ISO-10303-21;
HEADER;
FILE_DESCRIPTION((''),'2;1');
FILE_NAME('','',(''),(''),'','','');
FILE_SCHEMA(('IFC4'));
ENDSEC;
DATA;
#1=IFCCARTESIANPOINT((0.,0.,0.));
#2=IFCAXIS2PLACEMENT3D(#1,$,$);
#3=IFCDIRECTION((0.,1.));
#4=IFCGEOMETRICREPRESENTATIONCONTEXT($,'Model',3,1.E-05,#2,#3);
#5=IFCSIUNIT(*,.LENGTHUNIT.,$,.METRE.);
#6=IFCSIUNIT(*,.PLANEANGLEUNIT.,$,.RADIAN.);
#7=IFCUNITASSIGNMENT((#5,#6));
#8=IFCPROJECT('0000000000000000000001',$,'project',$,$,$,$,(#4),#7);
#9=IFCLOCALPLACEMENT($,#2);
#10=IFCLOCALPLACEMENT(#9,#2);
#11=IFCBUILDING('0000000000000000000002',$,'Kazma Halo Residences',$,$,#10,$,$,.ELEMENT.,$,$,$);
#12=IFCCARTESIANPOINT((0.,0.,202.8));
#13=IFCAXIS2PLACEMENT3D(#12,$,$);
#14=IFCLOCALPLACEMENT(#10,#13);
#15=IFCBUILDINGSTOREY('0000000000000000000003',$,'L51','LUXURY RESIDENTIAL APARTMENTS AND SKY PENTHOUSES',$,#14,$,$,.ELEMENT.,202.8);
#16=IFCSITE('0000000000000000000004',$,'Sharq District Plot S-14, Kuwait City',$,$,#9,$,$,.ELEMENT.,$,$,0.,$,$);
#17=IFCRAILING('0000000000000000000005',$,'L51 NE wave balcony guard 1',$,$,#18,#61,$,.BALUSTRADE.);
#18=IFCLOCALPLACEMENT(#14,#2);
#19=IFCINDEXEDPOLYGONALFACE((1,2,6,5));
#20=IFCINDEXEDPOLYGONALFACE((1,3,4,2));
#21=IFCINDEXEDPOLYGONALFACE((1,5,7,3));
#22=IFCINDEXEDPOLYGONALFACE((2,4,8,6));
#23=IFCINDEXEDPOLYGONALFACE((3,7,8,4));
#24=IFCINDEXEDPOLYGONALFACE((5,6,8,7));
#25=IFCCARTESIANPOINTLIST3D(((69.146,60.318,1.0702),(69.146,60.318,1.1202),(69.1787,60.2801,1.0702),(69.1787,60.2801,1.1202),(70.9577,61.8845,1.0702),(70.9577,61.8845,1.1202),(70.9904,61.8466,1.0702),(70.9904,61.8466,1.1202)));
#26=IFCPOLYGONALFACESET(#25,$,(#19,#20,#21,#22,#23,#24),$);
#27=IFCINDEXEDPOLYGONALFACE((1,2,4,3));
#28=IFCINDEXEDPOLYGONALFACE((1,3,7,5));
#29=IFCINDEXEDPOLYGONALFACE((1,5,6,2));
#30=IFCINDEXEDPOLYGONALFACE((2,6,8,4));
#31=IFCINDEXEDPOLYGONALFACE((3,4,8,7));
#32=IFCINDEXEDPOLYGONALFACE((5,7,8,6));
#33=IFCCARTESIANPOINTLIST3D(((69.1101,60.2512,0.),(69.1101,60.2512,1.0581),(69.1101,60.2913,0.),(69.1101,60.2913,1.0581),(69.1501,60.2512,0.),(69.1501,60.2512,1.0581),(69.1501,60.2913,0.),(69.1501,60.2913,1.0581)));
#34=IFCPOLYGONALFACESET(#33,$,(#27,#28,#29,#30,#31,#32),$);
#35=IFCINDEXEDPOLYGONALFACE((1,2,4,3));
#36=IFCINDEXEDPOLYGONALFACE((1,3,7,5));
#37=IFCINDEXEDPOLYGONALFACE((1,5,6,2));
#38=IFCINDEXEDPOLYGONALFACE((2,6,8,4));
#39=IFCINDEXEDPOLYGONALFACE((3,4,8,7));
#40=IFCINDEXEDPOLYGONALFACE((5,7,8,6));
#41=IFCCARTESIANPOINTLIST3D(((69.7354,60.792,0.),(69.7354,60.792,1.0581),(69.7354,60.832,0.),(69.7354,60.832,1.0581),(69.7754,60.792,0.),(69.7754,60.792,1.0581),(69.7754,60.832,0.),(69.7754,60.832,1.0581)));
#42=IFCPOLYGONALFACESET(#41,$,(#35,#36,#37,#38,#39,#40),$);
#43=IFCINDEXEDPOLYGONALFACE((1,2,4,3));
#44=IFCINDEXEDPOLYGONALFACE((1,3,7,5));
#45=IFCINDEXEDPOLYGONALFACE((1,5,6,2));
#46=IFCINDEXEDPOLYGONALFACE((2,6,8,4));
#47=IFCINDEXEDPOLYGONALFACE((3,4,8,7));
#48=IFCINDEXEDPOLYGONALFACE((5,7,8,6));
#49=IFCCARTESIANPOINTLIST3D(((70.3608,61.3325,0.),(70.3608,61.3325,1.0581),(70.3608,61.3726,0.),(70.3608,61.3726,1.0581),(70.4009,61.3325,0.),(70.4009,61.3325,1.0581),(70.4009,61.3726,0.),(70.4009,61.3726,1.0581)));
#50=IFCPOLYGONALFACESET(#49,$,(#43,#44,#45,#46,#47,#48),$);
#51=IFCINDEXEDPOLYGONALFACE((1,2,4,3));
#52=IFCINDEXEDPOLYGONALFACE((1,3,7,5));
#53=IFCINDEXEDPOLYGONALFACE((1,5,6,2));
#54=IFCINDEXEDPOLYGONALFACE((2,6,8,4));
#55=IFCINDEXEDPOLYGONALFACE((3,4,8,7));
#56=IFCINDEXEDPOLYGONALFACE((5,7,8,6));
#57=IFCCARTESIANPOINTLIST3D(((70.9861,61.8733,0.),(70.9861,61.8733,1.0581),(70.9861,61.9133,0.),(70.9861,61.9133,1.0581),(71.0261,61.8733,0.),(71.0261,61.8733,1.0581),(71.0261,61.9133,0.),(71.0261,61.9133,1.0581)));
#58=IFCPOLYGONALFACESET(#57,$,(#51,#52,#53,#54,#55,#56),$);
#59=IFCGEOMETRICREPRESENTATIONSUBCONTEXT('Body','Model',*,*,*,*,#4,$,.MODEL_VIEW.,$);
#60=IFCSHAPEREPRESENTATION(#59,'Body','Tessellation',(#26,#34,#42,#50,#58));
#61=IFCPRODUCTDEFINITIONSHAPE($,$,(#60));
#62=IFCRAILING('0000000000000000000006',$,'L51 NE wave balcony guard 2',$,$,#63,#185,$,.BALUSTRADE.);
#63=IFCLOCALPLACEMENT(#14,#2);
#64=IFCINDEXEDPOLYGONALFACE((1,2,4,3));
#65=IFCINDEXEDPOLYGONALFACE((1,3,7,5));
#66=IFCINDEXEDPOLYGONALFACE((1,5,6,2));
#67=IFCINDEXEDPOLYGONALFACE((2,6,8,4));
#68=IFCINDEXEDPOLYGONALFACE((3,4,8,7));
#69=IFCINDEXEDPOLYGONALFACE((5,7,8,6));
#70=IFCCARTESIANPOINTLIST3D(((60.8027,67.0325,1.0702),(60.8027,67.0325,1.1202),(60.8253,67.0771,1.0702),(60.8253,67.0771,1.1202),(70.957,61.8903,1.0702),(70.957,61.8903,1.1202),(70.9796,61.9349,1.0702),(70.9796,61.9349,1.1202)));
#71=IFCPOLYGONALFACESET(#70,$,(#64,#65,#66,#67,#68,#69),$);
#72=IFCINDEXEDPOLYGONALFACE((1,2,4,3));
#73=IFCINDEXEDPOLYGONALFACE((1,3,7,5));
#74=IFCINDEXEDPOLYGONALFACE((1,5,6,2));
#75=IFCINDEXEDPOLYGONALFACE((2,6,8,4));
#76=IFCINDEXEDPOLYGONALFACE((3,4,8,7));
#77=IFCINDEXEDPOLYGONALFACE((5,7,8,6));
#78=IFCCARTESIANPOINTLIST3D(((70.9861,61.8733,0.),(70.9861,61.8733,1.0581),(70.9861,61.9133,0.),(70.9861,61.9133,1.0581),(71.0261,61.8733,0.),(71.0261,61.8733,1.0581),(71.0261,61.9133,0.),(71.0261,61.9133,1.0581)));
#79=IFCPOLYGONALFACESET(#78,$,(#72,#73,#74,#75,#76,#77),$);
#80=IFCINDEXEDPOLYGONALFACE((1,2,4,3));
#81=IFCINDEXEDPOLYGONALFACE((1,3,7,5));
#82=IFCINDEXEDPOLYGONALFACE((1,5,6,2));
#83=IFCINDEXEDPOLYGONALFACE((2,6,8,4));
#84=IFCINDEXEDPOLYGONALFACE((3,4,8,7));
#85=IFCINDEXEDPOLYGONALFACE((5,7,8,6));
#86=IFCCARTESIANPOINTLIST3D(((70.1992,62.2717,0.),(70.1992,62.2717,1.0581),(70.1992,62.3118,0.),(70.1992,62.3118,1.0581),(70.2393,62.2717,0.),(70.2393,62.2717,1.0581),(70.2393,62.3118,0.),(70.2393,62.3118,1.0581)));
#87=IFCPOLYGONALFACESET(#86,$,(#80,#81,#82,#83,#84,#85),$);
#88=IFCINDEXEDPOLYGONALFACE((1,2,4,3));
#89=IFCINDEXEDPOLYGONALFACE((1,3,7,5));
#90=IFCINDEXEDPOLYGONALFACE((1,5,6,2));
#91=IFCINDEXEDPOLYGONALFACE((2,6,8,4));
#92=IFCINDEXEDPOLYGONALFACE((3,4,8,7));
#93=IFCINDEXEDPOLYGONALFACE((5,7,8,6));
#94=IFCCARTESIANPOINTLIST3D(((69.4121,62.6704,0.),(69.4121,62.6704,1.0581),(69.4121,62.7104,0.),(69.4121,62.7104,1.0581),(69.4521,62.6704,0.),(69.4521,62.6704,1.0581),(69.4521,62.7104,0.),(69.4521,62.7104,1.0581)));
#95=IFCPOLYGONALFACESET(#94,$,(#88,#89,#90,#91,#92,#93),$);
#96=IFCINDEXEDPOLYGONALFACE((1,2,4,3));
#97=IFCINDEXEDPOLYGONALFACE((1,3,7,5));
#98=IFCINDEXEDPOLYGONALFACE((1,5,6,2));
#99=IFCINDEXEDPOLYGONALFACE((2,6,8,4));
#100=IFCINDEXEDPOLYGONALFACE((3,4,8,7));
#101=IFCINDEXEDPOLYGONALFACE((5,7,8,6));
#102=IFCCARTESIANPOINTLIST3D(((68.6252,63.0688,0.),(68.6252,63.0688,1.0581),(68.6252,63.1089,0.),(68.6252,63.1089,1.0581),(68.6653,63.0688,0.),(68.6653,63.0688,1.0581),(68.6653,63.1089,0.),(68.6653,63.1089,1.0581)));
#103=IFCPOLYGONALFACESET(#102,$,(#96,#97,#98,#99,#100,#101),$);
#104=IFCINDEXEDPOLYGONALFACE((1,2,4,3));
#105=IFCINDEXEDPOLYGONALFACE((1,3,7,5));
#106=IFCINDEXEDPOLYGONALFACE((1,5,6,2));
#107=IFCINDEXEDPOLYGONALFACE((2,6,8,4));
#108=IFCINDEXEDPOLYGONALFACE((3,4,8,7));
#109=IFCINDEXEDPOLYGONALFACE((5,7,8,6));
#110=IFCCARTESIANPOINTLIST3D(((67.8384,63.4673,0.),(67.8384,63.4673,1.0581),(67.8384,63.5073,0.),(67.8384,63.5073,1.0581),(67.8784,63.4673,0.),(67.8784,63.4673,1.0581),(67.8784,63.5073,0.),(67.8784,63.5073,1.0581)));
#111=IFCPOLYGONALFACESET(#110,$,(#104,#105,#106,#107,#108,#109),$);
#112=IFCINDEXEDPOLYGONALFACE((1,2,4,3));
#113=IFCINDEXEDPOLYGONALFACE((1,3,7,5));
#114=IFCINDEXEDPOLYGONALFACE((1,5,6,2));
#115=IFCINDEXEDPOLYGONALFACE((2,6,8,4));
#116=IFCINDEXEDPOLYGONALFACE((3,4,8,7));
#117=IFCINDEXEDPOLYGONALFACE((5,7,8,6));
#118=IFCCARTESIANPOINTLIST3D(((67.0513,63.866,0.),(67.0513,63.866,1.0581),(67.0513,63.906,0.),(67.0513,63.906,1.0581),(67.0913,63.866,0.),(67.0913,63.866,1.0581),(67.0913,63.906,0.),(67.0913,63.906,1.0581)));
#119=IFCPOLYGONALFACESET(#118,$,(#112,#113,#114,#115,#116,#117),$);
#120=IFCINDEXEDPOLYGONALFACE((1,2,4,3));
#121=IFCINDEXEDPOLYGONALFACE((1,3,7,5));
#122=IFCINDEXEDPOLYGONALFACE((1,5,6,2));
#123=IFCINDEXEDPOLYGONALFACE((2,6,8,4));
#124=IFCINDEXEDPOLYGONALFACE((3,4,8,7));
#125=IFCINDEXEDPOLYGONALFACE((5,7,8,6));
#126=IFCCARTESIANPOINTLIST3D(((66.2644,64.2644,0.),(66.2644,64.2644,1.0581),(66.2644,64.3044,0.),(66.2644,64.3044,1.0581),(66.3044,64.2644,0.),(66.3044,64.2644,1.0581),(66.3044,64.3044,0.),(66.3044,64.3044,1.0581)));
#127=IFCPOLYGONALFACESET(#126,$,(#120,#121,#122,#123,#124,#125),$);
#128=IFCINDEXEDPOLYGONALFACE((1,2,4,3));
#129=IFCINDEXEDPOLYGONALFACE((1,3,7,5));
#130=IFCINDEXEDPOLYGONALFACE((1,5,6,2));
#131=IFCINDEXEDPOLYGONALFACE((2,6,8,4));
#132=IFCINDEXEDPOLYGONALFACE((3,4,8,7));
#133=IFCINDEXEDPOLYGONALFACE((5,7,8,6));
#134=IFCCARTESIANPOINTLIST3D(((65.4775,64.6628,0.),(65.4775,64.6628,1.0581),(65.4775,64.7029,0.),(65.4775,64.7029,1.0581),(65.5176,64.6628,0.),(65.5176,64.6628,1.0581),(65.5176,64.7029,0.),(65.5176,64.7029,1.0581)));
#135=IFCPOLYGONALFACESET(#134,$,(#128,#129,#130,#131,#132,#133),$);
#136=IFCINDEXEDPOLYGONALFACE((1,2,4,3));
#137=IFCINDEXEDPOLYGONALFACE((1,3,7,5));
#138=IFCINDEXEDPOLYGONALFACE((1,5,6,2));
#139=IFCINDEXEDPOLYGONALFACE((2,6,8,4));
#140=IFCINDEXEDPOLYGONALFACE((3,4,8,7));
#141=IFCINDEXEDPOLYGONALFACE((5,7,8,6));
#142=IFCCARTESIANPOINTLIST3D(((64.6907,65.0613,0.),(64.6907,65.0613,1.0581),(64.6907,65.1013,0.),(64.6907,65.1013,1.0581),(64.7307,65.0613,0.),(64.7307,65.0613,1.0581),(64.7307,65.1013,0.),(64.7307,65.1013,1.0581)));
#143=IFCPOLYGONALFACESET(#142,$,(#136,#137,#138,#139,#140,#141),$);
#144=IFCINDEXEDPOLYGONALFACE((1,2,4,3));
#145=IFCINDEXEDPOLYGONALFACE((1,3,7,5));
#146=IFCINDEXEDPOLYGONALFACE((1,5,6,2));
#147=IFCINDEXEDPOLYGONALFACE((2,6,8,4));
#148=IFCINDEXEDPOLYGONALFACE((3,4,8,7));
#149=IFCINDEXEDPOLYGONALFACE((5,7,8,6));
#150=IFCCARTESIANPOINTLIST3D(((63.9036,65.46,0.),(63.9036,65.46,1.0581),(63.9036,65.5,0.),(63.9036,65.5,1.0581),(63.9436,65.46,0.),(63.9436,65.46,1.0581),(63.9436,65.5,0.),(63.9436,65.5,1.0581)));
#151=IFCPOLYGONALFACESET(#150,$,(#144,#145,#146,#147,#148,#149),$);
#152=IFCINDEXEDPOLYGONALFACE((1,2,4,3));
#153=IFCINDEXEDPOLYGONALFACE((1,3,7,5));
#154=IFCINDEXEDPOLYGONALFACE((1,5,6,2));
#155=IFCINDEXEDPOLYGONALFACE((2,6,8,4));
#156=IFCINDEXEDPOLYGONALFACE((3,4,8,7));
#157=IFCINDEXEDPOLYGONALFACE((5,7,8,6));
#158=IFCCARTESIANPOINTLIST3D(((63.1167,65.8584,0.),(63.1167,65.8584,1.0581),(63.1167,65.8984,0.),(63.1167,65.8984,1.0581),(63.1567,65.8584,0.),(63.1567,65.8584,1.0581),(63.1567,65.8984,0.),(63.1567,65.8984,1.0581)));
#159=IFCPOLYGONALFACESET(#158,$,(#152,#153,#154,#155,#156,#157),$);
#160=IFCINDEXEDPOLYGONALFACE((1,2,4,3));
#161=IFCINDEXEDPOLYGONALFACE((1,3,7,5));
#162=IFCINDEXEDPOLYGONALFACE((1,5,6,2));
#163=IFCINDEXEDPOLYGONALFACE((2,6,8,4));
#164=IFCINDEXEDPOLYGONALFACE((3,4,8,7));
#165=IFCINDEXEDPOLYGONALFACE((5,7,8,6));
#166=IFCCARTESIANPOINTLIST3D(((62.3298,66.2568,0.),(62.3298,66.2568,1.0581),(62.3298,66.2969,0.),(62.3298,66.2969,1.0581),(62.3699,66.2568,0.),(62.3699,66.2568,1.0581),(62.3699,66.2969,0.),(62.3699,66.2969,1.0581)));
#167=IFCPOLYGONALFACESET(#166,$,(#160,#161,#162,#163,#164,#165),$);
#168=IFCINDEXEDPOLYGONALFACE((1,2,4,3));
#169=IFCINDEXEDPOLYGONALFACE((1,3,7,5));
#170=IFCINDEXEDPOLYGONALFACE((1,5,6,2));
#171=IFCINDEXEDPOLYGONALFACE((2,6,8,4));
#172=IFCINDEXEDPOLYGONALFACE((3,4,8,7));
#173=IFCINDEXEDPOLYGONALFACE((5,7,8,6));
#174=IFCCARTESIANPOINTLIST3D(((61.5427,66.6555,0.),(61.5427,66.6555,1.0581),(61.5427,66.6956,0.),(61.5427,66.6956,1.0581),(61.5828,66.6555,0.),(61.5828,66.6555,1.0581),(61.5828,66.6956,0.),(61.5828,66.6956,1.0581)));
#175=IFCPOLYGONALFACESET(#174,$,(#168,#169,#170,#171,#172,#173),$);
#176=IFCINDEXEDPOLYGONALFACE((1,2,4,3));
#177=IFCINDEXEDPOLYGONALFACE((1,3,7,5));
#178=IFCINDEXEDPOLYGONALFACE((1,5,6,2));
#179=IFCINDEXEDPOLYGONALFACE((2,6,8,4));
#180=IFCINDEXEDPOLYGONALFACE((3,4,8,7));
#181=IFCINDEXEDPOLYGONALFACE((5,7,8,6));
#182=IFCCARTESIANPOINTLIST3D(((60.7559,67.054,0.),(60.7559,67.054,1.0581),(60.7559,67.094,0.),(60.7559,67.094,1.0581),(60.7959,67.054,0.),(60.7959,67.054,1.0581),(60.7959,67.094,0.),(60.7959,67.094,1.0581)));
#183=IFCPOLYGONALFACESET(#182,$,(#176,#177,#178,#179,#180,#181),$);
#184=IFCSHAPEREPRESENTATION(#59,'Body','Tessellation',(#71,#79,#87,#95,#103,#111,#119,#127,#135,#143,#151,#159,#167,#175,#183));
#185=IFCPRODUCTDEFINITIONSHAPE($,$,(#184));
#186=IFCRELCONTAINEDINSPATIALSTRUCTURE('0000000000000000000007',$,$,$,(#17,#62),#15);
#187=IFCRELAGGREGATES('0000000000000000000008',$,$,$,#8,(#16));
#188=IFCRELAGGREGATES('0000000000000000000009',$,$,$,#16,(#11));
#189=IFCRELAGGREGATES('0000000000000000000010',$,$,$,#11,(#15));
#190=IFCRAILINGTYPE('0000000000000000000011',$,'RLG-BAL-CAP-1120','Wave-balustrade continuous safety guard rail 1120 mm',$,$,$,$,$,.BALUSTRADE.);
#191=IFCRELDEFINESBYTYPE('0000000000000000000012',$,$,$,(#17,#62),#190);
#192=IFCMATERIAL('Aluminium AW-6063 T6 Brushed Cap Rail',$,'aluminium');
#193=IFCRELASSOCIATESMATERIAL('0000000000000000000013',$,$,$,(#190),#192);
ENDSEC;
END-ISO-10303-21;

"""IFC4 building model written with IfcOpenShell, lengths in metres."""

from ifc_helpers import new_model, si_unit, direction, frame, origin, origin_2d, place, context, subcontext, project, spatial, rectangle, extrude, material, type_object, element, save


model = new_model("IFC4")

# Units and contexts
model_context = context("Model", 3, precision=1e-05, world=origin(), true_north=direction((0.0, 1.0)))
body_context = subcontext(model_context, "Body", "Model", "MODEL_VIEW")
ifc_project = project(units=[si_unit("LENGTHUNIT", "METRE"), si_unit("PLANEANGLEUNIT", "RADIAN")], contexts=[model_context])

# Site, building, storey
site_placement = place(None, origin())
site = spatial("IfcSite", under=ifc_project, at=site_placement, Name="Sharq District Plot S-14, Kuwait City", CompositionType="ELEMENT", RefElevation=0.0)
building_placement = place(site_placement, origin())
building = spatial("IfcBuilding", under=site, at=building_placement, Name="Kazma Halo Residences", CompositionType="ELEMENT")
storey_placement = place(building_placement, frame((0.0, 0.0, 202.8)))
storey = spatial("IfcBuildingStorey", under=building, at=storey_placement, Name="L51", Description="LUXURY RESIDENTIAL APARTMENTS AND SKY PENTHOUSES", CompositionType="ELEMENT", Elevation=202.8)

# Railings
ifc_material_1 = material(Name="Aluminium AW-6063 T6 Brushed Cap Rail", Category="aluminium")
railing_type = type_object("IfcRailingType", Name="RLG-BAL-CAP-1120", Description="Wave-balustrade continuous safety guard rail 1120 mm", PredefinedType="BALUSTRADE", material=ifc_material_1)
railing_1_placement = place(storey_placement, frame((69.1301, 60.2712, 0.0)))
element("IfcRailing", 1, at=railing_1_placement, inside=storey, type_object=railing_type, Name="L51 NE wave balcony guard 1", PredefinedType="BALUSTRADE", context=body_context, shape_type="SweptSolid", body=[
    extrude(rectangle(XDim=0.05, YDim=0.05, at=origin_2d()), frame((0.0322, 0.0278, 1.0952), z_axis=(0.756442, 0.654061, 0.0), x_axis=(-0.654061, 0.756442, 0.0)), (0.0, 0.0, 1.0), 2.395),
    extrude(rectangle(XDim=0.04, YDim=0.04, at=origin_2d()), origin(), (0.0, 0.0, 1.0), 1.0581),
    extrude(rectangle(XDim=0.04, YDim=0.04, at=origin_2d()), frame((0.6252, 0.5408, 0.0)), (0.0, 0.0, 1.0), 1.0581),
    extrude(rectangle(XDim=0.04, YDim=0.04, at=origin_2d()), frame((1.2507, 1.0813, 0.0)), (0.0, 0.0, 1.0), 1.0581),
    extrude(rectangle(XDim=0.04, YDim=0.04, at=origin_2d()), frame((1.876, 1.6221, 0.0)), (0.0, 0.0, 1.0), 1.0581),
])
railing_2_placement = place(storey_placement, frame((71.0061, 61.8933, 0.0)))
element("IfcRailing", 2, at=railing_2_placement, inside=storey, type_object=railing_type, Name="L51 NE wave balcony guard 2", PredefinedType="BALUSTRADE", context=body_context, shape_type="SweptSolid", body=[
    extrude(rectangle(XDim=0.05, YDim=0.05, at=origin_2d()), frame((-0.0378, 0.0193, 1.0952), z_axis=(-0.892129, 0.451781, 0.0), x_axis=(-0.451781, -0.892129, 0.0)), (0.0, 0.0, 1.0), 11.3821),
    extrude(rectangle(XDim=0.04, YDim=0.04, at=origin_2d()), origin(), (0.0, 0.0, 1.0), 1.0581),
    extrude(rectangle(XDim=0.04, YDim=0.04, at=origin_2d()), frame((-0.7869, 0.3984, 0.0)), (0.0, 0.0, 1.0), 1.0581),
    extrude(rectangle(XDim=0.04, YDim=0.04, at=origin_2d()), frame((-1.574, 0.7971, 0.0)), (0.0, 0.0, 1.0), 1.0581),
    extrude(rectangle(XDim=0.04, YDim=0.04, at=origin_2d()), frame((-2.3608, 1.1956, 0.0)), (0.0, 0.0, 1.0), 1.0581),
    extrude(rectangle(XDim=0.04, YDim=0.04, at=origin_2d()), frame((-3.1477, 1.594, 0.0)), (0.0, 0.0, 1.0), 1.0581),
    extrude(rectangle(XDim=0.04, YDim=0.04, at=origin_2d()), frame((-3.9348, 1.9927, 0.0)), (0.0, 0.0, 1.0), 1.0581),
    extrude(rectangle(XDim=0.04, YDim=0.04, at=origin_2d()), frame((-4.7217, 2.3911, 0.0)), (0.0, 0.0, 1.0), 1.0581),
    extrude(rectangle(XDim=0.04, YDim=0.04, at=origin_2d()), frame((-5.5085, 2.7896, 0.0)), (0.0, 0.0, 1.0), 1.0581),
    extrude(rectangle(XDim=0.04, YDim=0.04, at=origin_2d()), frame((-6.2954, 3.188, 0.0)), (0.0, 0.0, 1.0), 1.0581),
    extrude(rectangle(XDim=0.04, YDim=0.04, at=origin_2d()), frame((-7.0825, 3.5867, 0.0)), (0.0, 0.0, 1.0), 1.0581),
    extrude(rectangle(XDim=0.04, YDim=0.04, at=origin_2d()), frame((-7.8694, 3.9851, 0.0)), (0.0, 0.0, 1.0), 1.0581),
    extrude(rectangle(XDim=0.04, YDim=0.04, at=origin_2d()), frame((-8.6562, 4.3835, 0.0)), (0.0, 0.0, 1.0), 1.0581),
    extrude(rectangle(XDim=0.04, YDim=0.04, at=origin_2d()), frame((-9.4434, 4.7822, 0.0)), (0.0, 0.0, 1.0), 1.0581),
    extrude(rectangle(XDim=0.04, YDim=0.04, at=origin_2d()), frame((-10.2302, 5.1807, 0.0)), (0.0, 0.0, 1.0), 1.0581),
])

save(model, "model.ifc")
